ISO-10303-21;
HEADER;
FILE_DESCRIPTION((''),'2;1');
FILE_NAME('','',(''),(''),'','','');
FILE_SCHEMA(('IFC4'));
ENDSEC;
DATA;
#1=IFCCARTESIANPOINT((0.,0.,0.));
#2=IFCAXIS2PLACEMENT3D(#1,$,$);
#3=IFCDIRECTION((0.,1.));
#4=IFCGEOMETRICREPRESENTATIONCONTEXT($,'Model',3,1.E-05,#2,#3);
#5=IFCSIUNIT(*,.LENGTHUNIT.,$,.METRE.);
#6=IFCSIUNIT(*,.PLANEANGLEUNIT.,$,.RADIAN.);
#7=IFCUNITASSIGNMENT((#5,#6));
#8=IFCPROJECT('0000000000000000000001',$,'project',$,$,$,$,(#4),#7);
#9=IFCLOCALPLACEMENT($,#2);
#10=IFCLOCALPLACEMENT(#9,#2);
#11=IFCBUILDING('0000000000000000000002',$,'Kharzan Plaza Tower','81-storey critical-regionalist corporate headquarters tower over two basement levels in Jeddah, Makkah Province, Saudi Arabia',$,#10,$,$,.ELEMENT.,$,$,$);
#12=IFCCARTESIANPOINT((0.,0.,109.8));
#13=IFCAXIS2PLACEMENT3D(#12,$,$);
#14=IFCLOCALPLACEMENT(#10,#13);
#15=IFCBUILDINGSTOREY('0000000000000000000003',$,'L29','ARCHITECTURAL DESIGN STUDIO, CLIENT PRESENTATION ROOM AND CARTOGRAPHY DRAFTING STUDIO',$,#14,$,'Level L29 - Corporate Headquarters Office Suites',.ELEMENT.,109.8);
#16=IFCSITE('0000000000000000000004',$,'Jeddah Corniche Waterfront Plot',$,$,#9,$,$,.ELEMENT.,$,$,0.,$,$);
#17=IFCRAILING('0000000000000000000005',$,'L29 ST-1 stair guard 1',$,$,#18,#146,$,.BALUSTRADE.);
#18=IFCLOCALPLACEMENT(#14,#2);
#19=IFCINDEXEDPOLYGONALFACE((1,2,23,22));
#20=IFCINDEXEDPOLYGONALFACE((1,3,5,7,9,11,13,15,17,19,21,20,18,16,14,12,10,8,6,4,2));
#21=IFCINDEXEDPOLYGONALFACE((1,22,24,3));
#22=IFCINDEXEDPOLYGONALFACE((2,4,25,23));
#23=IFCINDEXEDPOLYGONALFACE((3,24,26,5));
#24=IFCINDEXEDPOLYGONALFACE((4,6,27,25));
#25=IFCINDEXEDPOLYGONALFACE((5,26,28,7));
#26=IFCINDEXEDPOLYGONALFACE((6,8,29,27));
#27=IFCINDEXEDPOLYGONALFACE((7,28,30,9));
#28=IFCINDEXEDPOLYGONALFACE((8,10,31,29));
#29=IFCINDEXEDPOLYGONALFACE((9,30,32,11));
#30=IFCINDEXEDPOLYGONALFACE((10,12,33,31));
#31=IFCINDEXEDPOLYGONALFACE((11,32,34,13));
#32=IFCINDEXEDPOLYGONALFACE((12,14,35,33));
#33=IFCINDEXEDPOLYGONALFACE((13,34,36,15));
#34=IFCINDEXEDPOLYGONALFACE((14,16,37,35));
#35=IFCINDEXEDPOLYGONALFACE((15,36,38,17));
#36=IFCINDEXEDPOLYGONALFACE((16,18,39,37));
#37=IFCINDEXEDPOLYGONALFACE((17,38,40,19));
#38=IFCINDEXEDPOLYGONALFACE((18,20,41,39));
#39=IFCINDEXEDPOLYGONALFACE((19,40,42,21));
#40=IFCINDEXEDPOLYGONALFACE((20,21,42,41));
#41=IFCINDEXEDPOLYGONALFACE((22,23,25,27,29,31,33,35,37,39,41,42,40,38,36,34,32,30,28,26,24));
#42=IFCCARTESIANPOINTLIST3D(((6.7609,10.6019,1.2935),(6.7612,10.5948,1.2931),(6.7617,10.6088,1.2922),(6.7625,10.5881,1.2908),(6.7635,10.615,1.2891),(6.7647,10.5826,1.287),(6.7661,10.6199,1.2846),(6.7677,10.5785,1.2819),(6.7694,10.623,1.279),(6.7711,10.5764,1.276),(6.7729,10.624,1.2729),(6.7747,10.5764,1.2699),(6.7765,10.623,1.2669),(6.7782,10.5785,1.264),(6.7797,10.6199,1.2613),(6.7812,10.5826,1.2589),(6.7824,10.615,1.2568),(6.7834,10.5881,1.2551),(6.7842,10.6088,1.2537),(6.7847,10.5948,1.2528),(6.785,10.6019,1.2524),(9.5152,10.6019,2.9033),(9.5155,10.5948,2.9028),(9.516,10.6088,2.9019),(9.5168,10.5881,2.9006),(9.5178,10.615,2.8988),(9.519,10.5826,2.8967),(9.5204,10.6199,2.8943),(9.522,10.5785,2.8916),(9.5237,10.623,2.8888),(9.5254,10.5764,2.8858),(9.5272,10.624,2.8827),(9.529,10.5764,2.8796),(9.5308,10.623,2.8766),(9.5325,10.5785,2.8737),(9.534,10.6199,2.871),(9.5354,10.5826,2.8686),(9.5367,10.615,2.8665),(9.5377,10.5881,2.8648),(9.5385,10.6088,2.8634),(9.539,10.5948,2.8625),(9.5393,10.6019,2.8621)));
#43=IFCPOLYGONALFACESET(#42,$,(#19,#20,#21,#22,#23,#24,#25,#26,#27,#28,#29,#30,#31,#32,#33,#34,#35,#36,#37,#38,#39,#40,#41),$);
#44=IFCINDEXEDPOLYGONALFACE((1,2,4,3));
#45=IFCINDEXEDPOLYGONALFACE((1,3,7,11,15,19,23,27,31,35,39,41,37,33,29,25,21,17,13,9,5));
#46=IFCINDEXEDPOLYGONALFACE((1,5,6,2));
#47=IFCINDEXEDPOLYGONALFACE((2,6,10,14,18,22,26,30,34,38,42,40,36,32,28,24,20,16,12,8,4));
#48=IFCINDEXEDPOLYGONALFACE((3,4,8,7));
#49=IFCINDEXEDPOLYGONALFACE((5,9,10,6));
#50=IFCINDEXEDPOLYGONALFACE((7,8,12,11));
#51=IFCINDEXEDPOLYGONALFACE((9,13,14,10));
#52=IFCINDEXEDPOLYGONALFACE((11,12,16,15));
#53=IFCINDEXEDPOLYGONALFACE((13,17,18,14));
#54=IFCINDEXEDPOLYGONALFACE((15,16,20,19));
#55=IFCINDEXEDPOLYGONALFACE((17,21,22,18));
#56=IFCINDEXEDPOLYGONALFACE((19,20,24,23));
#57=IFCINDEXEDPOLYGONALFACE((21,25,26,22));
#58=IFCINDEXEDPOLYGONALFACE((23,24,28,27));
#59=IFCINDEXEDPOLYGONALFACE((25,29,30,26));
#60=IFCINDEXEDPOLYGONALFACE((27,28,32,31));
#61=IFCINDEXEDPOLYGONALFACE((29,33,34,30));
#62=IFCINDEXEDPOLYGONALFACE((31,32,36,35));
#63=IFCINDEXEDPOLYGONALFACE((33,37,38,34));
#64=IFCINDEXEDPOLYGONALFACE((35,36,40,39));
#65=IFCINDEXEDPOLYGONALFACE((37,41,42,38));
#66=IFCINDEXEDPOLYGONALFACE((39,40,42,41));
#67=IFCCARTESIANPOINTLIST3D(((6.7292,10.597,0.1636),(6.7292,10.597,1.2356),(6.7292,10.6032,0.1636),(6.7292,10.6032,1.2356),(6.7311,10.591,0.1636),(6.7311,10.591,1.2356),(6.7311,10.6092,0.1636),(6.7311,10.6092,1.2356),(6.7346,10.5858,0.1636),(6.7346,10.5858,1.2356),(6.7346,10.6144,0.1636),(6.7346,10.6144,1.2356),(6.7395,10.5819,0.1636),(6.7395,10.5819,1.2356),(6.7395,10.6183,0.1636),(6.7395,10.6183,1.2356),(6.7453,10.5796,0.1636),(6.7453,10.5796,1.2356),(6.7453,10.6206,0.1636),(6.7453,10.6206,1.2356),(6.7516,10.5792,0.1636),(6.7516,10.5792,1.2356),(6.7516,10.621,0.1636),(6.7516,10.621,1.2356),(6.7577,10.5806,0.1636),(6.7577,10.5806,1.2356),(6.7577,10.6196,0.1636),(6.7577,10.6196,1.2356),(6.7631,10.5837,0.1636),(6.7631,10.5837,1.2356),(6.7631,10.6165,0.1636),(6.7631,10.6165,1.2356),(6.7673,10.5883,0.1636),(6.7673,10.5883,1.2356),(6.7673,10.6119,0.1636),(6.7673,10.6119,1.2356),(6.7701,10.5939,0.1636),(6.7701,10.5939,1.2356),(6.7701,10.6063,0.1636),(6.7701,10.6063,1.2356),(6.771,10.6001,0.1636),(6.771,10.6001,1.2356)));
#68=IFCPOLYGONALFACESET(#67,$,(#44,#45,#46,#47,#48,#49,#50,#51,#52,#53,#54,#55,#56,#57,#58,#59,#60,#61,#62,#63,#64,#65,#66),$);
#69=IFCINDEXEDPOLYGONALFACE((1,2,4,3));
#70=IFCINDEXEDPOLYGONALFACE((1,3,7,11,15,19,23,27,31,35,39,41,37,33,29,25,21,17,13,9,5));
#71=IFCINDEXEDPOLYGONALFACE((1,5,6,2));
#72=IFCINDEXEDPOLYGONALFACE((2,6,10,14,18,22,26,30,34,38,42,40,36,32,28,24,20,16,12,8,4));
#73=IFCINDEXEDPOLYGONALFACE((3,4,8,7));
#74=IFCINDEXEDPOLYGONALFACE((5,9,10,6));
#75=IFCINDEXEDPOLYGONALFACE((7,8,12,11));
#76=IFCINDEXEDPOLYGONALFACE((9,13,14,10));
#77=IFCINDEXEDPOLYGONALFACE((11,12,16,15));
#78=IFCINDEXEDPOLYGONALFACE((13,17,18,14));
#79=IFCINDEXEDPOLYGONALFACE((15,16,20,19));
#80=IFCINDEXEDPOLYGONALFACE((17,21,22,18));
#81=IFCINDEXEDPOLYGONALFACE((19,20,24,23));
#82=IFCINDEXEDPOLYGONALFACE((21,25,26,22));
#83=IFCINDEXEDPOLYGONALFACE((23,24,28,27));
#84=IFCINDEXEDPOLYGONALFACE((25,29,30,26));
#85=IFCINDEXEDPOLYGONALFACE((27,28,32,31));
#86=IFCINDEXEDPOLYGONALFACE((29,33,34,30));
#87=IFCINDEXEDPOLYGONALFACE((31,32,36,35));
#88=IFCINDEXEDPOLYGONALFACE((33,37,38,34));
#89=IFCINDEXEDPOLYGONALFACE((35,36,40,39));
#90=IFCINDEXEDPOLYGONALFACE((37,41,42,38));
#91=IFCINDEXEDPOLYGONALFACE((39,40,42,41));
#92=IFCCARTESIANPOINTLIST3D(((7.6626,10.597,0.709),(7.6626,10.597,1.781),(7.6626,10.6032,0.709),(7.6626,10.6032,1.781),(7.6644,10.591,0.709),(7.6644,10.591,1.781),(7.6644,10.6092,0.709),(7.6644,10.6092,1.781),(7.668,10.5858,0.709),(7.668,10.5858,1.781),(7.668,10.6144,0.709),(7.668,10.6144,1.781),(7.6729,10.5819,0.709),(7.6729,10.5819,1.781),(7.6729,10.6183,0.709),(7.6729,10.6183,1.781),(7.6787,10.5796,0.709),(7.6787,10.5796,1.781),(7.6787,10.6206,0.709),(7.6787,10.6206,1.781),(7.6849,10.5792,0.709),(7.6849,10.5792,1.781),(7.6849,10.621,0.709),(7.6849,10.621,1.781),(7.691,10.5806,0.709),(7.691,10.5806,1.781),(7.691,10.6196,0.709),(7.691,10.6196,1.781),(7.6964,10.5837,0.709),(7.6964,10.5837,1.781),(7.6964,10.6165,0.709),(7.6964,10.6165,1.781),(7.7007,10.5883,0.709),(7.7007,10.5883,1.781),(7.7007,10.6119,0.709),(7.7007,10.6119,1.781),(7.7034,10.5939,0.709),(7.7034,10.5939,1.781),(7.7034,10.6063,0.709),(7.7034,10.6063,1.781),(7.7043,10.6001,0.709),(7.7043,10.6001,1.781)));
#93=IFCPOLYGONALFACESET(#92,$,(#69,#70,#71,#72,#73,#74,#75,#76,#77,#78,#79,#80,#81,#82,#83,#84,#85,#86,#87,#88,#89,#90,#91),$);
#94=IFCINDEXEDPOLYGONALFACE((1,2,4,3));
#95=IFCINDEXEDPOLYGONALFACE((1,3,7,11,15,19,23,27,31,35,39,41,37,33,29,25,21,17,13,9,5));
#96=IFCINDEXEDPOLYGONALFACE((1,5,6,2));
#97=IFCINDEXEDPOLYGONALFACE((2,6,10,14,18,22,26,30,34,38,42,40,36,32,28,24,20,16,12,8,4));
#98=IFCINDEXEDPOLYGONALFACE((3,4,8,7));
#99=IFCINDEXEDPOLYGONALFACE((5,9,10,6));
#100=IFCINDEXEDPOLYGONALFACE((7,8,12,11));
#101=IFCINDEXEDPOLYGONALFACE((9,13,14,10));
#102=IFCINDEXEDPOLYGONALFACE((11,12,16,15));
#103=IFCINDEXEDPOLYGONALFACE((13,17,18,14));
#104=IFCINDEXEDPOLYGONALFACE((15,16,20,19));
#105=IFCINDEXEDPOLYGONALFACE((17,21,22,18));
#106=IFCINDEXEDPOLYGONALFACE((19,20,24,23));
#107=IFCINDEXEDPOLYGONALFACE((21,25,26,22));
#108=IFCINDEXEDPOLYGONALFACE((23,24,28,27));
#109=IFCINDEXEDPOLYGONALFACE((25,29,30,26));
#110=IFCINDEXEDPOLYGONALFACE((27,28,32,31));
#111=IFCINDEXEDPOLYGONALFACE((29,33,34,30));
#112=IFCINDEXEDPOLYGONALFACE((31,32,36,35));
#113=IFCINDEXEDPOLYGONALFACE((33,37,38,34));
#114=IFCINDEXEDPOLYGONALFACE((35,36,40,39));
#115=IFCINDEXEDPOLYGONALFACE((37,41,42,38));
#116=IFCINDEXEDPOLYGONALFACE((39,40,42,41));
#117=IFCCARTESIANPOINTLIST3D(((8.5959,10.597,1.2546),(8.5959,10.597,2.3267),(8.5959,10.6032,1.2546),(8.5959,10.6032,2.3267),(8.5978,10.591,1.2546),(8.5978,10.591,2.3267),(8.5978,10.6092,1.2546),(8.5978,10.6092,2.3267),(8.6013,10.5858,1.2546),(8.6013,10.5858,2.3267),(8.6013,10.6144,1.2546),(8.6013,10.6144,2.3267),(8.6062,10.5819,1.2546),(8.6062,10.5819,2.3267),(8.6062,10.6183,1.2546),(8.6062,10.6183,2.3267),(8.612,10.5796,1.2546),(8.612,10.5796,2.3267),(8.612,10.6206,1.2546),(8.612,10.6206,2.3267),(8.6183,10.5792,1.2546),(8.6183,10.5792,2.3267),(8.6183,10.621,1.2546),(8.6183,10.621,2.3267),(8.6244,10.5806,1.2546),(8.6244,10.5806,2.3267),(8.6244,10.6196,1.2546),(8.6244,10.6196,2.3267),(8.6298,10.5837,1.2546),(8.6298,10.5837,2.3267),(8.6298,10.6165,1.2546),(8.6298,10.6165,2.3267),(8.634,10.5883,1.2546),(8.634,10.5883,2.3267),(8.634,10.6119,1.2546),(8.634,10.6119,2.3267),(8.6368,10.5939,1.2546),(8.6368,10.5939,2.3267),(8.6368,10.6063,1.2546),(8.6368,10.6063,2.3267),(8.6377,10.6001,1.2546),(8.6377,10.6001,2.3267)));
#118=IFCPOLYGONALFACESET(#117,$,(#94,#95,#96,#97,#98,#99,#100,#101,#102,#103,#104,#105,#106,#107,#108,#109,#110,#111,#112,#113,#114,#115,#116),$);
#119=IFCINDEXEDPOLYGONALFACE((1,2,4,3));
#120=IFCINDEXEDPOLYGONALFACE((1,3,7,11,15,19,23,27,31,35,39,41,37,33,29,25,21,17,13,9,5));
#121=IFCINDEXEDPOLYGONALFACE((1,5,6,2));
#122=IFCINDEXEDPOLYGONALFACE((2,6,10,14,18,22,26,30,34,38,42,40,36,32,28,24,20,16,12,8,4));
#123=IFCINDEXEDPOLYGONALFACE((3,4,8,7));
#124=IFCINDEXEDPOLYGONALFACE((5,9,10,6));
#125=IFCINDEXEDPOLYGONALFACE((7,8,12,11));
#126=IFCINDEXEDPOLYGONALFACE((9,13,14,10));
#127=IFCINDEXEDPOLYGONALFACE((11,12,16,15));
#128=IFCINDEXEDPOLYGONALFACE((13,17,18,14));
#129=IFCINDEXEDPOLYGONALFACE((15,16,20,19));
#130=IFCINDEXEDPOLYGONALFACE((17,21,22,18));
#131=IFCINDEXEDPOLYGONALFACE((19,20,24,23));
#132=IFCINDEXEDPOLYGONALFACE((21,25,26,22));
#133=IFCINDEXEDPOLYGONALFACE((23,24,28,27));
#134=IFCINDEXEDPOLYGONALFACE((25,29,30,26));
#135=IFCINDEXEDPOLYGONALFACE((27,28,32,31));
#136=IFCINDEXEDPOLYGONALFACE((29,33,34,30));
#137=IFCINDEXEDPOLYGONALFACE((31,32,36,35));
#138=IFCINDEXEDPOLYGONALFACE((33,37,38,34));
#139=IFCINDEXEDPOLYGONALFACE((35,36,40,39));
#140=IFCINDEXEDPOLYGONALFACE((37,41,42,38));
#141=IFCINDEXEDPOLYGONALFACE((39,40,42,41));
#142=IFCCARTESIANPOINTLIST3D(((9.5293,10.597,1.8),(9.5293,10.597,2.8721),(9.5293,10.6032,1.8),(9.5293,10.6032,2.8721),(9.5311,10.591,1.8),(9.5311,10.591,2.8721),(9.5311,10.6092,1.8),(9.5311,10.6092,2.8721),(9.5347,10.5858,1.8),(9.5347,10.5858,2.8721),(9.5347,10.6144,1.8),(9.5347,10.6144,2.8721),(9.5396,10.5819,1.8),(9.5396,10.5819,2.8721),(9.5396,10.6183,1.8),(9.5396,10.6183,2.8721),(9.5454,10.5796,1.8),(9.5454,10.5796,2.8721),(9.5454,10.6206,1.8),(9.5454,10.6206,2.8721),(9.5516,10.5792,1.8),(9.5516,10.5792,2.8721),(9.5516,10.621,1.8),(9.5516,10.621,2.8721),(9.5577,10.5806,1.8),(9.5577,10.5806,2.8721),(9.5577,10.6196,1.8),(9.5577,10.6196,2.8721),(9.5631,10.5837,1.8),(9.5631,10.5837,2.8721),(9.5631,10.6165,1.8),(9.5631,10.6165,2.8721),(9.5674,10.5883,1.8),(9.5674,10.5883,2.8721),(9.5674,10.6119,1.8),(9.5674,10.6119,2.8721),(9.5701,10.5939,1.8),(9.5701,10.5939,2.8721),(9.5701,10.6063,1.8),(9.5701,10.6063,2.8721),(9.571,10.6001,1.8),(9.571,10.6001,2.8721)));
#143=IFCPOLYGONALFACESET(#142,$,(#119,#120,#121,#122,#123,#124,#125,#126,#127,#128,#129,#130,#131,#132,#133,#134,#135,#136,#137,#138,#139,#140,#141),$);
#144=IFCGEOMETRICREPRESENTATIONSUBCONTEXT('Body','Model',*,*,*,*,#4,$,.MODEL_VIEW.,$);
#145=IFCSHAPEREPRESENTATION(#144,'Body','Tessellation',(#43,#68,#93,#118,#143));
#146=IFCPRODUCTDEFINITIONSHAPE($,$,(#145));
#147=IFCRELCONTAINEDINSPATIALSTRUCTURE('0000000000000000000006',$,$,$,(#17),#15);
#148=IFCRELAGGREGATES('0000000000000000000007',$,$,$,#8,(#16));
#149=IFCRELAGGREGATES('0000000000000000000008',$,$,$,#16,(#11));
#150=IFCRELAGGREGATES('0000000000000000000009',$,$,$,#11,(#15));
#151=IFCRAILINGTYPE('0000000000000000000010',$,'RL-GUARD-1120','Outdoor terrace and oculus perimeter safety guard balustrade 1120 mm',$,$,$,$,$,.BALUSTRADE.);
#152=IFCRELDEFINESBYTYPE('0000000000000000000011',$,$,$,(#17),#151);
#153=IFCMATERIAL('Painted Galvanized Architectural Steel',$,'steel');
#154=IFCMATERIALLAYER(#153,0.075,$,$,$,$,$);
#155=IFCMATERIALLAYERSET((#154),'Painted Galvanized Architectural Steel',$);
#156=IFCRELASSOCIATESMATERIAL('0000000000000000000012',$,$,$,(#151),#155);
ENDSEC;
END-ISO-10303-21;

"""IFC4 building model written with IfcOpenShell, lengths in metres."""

from ifc_helpers import new_model, si_unit, direction, frame, origin, origin_2d, place, context, subcontext, project, spatial, circle, extrude, source, transform, mapped, material, layer, layer_set, type_object, element, save


model = new_model("IFC4")

# Units and contexts
model_context = context("Model", 3, precision=1e-05, world=origin(), true_north=direction((0.0, 1.0)))
body_context = subcontext(model_context, "Body", "Model", "MODEL_VIEW")
ifc_project = project(units=[si_unit("LENGTHUNIT", "METRE"), si_unit("PLANEANGLEUNIT", "RADIAN")], contexts=[model_context])

# Site, building, storey
site_placement = place(None, origin())
site = spatial("IfcSite", under=ifc_project, at=site_placement, Name="Jeddah Corniche Waterfront Plot", CompositionType="ELEMENT", RefElevation=0.0)
building_placement = place(site_placement, origin())
building = spatial("IfcBuilding", under=site, at=building_placement, Name="Kharzan Plaza Tower", Description="81-storey critical-regionalist corporate headquarters tower over two basement levels in Jeddah, Makkah Province, Saudi Arabia", CompositionType="ELEMENT")
storey_placement = place(building_placement, frame((0.0, 0.0, 109.8)))
storey = spatial("IfcBuildingStorey", under=building, at=storey_placement, Name="L29", Description="ARCHITECTURAL DESIGN STUDIO, CLIENT PRESENTATION ROOM AND CARTOGRAPHY DRAFTING STUDIO", LongName="Level L29 - Corporate Headquarters Office Suites", CompositionType="ELEMENT", Elevation=109.8)

# Railing
ifc_material_1 = material(Name="Painted Galvanized Architectural Steel", Category="steel")
ifc_layer_1 = layer(ifc_material_1, 0.075)
ifc_layer_set_1 = layer_set([ifc_layer_1], Name="Painted Galvanized Architectural Steel")
railing_type_1 = type_object("IfcRailingType", Name="RL-GUARD-1120", Description="Outdoor terrace and oculus perimeter safety guard balustrade 1120 mm", PredefinedType="BALUSTRADE", material=ifc_layer_set_1)
shared_shape_1 = source(origin(), body_context, "Body", "SweptSolid", [
    extrude(circle(Radius=0.0239, at=origin_2d()), frame((0.0229, 0.0, 1.1094), z_axis=(0.863361, 0.0, 0.504587), x_axis=(0.0, 1.0, 0.0)), (0.0, 0.0, 1.0), 3.1902),
    extrude(circle(Radius=0.021, at=origin_2d()), origin(), (0.0, 0.0, 1.0), 1.072),
    extrude(circle(Radius=0.021, at=origin_2d()), frame((0.9333, 0.0, 0.5454)), (0.0, 0.0, 1.0), 1.072),
    extrude(circle(Radius=0.021, at=origin_2d()), frame((1.8667, 0.0, 1.0911)), (0.0, 0.0, 1.0), 1.072),
    extrude(circle(Radius=0.021, at=origin_2d()), frame((2.8, 0.0, 1.6365)), (0.0, 0.0, 1.0), 1.072),
])
railing_1_placement = place(storey_placement, frame((6.75, 10.6001, 0.1636)))
element("IfcRailing", 1, at=railing_1_placement, inside=storey, type_object=railing_type_1, Name="L29 ST-1 stair guard 1", PredefinedType="BALUSTRADE", context=body_context, shape_type="MappedRepresentation", body=[
    mapped(shared_shape_1, transform((0.0, 0.0, 0.0), x_axis=(1.0, 0.0, 0.0), y_axis=(0.0, 1.0, 0.0), z_axis=(0.0, 0.0, 1.0))),
])

save(model, "model.ifc")
